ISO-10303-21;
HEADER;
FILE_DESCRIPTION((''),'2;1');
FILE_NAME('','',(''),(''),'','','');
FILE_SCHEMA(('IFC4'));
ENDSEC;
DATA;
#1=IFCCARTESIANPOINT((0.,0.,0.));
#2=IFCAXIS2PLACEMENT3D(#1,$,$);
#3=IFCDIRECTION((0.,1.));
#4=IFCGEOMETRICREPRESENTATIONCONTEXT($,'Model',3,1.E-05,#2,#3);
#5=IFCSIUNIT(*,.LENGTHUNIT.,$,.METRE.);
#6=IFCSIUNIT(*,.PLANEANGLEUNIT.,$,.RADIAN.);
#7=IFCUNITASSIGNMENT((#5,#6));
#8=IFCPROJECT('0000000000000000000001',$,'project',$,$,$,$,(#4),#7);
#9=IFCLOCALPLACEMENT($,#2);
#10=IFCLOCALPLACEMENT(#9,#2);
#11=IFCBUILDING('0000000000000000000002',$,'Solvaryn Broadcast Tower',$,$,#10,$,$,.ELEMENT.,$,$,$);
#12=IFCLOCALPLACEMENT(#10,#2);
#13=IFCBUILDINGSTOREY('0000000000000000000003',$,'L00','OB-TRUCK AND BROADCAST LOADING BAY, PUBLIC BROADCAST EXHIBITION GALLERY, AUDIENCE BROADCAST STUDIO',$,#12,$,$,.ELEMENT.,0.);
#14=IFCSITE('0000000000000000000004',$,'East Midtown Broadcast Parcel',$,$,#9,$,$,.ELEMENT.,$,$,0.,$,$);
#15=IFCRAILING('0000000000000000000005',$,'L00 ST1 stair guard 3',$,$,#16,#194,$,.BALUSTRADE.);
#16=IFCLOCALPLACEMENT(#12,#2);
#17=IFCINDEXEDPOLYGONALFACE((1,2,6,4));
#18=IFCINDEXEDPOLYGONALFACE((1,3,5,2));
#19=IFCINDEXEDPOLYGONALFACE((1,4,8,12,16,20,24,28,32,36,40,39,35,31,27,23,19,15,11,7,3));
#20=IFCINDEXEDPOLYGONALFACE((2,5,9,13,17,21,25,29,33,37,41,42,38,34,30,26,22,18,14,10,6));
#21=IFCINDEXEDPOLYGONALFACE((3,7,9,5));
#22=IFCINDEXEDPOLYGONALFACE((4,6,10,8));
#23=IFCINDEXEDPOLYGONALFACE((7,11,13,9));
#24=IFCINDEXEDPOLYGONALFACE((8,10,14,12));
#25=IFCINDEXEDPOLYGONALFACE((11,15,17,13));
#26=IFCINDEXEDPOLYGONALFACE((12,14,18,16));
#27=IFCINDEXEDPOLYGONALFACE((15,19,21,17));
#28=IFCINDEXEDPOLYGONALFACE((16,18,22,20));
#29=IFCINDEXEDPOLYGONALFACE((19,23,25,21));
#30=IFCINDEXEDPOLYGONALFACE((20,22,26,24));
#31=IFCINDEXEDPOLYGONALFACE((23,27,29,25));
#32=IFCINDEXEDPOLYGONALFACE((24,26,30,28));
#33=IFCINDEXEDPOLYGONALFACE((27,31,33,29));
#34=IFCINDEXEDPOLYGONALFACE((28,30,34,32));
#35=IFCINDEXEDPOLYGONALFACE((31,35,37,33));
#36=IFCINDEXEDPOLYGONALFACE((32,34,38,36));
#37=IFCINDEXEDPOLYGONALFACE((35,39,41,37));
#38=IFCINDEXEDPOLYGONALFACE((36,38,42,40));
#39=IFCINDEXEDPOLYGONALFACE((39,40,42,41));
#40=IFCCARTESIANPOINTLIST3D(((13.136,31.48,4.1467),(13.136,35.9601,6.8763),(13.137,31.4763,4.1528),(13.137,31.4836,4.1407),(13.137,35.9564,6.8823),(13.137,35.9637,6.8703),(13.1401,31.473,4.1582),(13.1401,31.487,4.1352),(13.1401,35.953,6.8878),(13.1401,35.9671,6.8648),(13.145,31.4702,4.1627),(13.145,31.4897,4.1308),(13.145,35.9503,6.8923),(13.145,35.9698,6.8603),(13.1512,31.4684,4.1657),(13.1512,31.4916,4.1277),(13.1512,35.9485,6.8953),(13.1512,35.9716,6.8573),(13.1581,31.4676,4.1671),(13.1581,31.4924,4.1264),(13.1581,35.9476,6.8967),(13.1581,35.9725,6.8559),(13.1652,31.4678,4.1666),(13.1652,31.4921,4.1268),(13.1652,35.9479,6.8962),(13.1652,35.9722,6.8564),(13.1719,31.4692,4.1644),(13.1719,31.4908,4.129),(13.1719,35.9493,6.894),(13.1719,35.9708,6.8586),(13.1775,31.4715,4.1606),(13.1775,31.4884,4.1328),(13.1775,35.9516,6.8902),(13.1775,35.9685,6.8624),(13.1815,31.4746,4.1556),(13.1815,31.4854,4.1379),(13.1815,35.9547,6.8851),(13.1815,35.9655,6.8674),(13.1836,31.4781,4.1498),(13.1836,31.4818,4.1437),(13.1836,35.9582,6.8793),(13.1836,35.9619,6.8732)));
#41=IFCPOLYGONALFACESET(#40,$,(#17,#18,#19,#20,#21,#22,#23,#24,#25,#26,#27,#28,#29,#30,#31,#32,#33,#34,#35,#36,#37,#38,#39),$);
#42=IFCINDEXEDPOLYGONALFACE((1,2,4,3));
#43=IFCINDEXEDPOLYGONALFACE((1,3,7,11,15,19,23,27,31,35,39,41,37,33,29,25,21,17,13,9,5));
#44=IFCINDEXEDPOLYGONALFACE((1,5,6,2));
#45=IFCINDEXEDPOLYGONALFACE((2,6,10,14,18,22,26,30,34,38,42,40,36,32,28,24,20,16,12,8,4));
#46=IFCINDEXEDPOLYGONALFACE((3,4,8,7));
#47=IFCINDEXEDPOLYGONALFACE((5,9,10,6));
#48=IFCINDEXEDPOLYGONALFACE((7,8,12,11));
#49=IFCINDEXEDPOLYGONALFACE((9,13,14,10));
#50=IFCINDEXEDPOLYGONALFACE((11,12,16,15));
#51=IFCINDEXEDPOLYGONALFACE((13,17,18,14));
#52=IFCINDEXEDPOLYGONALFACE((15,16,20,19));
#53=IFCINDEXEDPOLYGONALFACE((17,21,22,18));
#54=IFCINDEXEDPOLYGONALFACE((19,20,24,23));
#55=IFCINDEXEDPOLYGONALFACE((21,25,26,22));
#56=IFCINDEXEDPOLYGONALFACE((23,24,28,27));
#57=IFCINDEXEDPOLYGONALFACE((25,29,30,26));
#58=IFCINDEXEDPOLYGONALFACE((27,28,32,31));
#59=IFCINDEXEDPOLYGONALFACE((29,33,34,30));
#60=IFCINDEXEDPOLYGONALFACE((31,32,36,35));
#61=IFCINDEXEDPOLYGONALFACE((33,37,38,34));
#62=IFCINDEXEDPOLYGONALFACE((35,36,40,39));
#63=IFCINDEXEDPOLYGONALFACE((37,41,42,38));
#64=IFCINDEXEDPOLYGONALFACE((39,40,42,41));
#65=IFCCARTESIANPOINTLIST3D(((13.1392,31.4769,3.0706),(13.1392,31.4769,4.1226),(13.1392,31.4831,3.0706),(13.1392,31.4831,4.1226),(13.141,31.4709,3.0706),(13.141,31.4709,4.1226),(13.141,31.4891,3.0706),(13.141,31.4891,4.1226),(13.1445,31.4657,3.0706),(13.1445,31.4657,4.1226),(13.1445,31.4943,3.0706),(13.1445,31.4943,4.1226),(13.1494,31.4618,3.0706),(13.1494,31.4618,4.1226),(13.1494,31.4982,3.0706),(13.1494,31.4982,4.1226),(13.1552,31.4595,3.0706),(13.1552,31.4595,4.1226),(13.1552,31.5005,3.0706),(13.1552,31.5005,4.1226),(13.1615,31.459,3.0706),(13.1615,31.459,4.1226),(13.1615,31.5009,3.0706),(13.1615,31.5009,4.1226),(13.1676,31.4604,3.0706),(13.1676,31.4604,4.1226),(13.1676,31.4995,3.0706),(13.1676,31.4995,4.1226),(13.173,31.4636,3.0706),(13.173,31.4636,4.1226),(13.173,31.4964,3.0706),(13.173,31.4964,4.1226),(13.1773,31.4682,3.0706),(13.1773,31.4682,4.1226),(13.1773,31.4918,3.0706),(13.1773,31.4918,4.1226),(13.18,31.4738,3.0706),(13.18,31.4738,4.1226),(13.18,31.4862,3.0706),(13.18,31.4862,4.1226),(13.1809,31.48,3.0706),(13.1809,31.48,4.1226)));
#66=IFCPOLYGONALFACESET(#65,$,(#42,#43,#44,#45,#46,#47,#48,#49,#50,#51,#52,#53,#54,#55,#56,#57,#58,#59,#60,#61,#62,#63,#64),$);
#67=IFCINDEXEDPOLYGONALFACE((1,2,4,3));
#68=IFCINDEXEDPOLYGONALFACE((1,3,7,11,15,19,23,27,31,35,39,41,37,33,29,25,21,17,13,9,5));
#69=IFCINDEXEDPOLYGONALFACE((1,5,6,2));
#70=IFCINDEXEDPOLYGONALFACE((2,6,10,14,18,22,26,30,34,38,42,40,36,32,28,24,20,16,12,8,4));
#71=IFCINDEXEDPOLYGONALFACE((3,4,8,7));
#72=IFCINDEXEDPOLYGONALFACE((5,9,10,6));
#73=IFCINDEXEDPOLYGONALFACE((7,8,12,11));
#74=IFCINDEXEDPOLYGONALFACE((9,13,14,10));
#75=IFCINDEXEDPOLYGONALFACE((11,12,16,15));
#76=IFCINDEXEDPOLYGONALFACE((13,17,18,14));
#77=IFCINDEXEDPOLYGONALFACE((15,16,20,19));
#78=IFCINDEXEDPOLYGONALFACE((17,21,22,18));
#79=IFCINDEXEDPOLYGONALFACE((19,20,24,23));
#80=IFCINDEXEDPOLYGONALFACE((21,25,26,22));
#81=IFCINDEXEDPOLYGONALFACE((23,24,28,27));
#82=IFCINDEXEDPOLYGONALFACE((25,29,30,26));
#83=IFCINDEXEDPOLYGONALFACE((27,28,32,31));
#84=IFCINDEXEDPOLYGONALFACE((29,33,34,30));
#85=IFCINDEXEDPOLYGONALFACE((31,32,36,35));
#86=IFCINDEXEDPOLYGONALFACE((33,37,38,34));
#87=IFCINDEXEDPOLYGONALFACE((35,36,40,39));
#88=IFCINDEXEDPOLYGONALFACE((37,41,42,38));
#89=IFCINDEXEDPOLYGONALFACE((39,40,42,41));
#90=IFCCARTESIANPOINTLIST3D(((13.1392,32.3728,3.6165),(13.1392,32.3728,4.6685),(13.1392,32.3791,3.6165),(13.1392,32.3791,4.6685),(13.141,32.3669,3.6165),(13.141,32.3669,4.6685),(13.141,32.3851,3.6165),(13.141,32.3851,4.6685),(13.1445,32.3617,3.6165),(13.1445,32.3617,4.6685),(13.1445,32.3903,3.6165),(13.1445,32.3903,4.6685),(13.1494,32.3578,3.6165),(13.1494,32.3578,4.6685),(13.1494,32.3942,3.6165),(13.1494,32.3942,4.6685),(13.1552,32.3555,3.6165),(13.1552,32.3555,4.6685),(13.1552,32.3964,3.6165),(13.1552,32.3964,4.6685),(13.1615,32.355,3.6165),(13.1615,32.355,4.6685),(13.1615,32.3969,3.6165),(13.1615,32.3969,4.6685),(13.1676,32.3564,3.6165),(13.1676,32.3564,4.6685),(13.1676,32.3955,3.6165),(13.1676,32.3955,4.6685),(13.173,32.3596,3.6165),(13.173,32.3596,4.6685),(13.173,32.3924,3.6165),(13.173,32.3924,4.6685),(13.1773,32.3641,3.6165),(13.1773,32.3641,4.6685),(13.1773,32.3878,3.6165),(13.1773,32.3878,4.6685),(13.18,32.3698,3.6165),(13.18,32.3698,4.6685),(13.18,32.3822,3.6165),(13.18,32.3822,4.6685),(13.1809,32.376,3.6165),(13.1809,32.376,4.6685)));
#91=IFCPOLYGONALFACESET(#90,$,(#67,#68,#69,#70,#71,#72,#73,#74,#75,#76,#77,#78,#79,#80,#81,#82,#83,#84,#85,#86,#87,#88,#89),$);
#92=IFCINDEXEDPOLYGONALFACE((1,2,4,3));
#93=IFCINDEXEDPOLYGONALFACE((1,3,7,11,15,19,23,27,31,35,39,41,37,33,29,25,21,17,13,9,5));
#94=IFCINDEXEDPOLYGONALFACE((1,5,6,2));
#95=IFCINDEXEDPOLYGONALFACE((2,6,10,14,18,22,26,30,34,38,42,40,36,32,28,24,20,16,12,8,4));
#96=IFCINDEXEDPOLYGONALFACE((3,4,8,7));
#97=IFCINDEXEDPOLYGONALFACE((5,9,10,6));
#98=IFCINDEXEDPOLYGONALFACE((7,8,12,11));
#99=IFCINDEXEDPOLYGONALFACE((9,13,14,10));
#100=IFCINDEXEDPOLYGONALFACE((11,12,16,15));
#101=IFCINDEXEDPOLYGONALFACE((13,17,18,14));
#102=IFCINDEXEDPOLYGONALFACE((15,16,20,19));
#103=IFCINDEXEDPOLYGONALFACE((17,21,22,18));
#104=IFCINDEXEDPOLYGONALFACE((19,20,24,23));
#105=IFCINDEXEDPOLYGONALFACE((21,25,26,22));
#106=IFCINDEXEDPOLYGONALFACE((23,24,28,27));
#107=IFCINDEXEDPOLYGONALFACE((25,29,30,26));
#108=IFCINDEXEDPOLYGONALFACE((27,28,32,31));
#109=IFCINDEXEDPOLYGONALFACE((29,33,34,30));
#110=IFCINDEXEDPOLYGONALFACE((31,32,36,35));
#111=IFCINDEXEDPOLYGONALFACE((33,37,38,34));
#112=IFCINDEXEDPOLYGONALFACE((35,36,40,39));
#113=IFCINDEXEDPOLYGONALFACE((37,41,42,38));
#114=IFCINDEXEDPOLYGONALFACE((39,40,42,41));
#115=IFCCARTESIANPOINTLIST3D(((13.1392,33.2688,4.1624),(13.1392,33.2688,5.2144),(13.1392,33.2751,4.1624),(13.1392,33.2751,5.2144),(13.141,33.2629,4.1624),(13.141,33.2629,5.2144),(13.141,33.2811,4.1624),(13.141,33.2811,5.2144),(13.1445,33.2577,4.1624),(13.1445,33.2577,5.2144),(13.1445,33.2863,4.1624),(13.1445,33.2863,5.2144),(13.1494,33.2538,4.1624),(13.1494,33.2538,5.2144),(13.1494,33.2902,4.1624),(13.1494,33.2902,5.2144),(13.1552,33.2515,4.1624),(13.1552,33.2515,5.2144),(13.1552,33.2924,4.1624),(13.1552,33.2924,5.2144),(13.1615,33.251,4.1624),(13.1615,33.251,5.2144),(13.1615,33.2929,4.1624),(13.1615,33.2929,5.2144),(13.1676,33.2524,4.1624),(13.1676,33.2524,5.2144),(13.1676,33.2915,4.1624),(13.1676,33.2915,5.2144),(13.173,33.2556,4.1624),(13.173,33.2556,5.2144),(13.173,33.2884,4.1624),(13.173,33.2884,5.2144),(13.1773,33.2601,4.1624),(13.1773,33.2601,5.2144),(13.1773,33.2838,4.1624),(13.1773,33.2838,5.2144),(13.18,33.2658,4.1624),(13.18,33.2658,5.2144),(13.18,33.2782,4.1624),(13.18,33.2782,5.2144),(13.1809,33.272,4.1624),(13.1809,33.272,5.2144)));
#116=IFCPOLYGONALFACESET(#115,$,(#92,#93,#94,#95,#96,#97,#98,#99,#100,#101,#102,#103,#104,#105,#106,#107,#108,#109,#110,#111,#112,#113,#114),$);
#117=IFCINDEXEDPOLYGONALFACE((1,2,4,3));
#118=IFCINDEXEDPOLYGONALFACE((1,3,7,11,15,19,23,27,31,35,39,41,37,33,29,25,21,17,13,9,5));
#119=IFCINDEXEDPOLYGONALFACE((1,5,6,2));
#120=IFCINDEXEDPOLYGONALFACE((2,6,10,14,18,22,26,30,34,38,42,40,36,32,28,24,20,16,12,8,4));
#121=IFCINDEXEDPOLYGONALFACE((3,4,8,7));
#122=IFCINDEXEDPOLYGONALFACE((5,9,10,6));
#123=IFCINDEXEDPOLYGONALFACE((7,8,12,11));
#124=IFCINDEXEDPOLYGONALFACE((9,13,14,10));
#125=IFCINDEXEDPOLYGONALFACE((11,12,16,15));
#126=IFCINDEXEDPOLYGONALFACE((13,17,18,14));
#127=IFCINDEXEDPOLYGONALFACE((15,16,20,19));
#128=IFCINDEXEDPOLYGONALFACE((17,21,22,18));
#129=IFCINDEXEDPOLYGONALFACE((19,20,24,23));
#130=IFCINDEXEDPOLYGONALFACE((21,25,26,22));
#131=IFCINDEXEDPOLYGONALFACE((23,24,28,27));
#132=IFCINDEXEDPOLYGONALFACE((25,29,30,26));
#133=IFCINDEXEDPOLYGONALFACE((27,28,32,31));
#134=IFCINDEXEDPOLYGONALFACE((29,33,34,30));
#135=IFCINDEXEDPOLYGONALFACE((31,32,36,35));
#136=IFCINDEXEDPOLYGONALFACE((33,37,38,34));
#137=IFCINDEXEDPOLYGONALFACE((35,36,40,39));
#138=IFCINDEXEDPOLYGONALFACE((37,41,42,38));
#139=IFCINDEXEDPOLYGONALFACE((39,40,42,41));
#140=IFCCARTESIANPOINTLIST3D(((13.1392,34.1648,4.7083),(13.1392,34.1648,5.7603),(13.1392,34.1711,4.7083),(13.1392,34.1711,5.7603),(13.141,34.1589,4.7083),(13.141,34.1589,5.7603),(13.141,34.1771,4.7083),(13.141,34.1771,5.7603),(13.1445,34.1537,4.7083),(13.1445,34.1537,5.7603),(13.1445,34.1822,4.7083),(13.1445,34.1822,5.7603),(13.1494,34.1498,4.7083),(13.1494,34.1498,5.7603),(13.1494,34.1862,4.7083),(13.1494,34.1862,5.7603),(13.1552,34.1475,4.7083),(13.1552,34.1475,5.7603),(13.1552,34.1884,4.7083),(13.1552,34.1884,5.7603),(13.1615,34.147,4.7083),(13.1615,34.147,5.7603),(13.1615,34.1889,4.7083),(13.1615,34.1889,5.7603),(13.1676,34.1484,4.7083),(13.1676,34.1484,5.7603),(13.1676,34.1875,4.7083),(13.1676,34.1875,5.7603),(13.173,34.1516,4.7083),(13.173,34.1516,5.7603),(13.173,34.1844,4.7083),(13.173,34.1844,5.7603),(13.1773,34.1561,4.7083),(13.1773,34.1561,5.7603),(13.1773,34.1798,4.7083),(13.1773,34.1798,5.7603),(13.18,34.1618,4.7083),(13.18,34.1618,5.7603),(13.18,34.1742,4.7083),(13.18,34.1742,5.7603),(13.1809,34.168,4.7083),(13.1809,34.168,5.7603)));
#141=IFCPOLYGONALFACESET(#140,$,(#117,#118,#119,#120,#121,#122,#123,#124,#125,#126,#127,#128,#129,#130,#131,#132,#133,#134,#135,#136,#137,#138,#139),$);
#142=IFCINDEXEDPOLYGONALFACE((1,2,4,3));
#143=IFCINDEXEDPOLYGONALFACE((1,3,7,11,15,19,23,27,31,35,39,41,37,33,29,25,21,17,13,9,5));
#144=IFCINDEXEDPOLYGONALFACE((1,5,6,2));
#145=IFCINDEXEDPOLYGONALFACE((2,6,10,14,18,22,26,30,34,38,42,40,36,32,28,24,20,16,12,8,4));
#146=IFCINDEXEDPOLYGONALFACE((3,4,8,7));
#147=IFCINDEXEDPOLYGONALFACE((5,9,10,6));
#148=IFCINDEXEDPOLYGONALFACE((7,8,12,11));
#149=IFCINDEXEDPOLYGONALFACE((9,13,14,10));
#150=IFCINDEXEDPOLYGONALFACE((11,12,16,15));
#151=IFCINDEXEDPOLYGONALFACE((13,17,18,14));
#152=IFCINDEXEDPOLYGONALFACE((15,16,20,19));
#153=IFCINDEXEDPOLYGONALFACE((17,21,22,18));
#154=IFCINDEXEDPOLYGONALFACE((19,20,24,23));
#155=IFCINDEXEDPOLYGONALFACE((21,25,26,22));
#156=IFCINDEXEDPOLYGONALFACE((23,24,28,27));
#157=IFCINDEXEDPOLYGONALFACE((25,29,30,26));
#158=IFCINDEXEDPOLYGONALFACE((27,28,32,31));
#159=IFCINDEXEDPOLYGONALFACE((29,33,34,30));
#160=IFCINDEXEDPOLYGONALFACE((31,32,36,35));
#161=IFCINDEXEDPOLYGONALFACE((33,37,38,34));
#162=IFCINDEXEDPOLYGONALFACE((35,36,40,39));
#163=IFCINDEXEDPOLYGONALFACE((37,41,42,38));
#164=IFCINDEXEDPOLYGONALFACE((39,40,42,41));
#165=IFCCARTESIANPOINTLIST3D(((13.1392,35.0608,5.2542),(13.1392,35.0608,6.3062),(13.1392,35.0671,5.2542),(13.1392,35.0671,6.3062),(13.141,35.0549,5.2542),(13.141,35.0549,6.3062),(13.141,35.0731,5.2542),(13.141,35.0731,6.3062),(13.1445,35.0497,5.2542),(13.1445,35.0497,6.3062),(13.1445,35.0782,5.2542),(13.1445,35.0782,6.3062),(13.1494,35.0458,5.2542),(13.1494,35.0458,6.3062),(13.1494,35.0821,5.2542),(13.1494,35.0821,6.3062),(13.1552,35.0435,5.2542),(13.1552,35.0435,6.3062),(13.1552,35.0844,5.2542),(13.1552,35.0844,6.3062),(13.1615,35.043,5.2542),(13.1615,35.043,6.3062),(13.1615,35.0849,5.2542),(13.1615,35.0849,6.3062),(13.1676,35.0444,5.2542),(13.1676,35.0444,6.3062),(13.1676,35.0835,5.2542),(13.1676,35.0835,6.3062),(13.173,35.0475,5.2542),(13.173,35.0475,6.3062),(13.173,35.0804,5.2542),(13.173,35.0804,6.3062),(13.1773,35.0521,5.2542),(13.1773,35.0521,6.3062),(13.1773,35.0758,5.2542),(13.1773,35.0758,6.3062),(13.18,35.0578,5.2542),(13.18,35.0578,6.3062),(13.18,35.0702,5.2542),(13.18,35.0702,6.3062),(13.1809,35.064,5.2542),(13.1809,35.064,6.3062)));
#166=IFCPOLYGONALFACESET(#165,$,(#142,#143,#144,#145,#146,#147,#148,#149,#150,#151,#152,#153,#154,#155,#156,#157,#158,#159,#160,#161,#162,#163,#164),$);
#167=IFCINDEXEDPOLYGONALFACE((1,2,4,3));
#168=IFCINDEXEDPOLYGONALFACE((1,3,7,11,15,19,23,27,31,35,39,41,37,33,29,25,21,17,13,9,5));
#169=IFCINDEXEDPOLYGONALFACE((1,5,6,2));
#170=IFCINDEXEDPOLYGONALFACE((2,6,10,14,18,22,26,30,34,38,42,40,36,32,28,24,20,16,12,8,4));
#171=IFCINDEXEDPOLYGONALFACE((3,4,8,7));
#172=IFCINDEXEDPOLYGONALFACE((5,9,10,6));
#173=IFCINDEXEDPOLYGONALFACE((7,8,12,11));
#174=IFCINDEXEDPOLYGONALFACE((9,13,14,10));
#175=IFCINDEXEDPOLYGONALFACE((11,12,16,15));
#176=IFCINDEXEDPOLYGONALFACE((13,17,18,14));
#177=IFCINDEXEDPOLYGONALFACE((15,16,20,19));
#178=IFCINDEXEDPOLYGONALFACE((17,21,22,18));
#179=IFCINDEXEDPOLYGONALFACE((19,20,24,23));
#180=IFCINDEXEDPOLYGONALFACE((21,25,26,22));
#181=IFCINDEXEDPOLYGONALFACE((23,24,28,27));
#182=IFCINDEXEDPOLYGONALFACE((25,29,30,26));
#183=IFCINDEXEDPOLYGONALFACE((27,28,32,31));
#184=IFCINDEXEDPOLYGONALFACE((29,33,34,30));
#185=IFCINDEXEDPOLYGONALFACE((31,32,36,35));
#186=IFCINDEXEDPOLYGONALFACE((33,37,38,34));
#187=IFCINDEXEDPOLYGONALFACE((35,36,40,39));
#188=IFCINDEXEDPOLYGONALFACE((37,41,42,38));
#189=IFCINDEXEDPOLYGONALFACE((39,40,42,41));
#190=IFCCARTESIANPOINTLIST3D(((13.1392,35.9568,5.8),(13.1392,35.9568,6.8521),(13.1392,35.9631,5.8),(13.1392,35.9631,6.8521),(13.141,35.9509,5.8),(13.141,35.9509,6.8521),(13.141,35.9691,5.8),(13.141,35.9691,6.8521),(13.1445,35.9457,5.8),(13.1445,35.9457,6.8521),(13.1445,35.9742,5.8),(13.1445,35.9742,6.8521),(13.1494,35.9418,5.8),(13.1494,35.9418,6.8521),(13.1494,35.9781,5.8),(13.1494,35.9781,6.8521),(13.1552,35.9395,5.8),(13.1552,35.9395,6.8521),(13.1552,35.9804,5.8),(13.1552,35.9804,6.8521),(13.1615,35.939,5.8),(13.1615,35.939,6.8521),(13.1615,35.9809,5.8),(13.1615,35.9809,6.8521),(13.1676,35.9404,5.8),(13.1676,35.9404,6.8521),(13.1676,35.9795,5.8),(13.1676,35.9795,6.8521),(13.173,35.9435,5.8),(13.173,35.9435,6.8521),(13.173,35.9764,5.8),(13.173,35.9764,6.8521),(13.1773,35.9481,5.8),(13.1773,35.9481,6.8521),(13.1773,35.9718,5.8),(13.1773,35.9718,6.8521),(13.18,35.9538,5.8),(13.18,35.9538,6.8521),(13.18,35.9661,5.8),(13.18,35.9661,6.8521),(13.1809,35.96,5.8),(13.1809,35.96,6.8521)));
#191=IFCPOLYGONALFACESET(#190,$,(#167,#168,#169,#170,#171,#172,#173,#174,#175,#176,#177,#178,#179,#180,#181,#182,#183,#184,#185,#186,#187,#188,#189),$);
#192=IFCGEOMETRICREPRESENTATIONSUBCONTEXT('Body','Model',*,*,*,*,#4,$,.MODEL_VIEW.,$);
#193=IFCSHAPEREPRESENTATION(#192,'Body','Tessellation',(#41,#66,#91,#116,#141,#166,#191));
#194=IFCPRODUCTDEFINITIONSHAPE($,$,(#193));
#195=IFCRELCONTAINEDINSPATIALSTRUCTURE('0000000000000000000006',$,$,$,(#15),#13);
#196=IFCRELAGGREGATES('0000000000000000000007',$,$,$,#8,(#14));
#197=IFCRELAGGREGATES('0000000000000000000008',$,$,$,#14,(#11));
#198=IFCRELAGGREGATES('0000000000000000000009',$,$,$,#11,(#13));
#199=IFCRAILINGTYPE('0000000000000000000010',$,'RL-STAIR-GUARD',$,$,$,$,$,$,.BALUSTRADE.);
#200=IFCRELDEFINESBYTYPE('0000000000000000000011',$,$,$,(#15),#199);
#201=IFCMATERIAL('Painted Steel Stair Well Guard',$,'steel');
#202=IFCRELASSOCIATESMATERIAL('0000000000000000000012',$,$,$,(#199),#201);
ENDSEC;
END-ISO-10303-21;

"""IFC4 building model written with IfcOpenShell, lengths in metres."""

from ifc_helpers import new_model, si_unit, direction, frame, origin, origin_2d, place, context, subcontext, project, spatial, circle, extrude, material, type_object, element, save


model = new_model("IFC4")

# Units and contexts
model_context = context("Model", 3, precision=1e-05, world=origin(), true_north=direction((0.0, 1.0)))
body_context = subcontext(model_context, "Body", "Model", "MODEL_VIEW")
ifc_project = project(units=[si_unit("LENGTHUNIT", "METRE"), si_unit("PLANEANGLEUNIT", "RADIAN")], contexts=[model_context])

# Site, building, storey
site_placement = place(None, origin())
site = spatial("IfcSite", under=ifc_project, at=site_placement, Name="East Midtown Broadcast Parcel", CompositionType="ELEMENT", RefElevation=0.0)
building_placement = place(site_placement, origin())
building = spatial("IfcBuilding", under=site, at=building_placement, Name="Solvaryn Broadcast Tower", CompositionType="ELEMENT")
storey_placement = place(building_placement, origin())
storey = spatial("IfcBuildingStorey", under=building, at=storey_placement, Name="L00", Description="OB-TRUCK AND BROADCAST LOADING BAY, PUBLIC BROADCAST EXHIBITION GALLERY, AUDIENCE BROADCAST STUDIO", CompositionType="ELEMENT", Elevation=0.0)

# Railing
ifc_material_1 = material(Name="Painted Steel Stair Well Guard", Category="steel")
railing_type_1 = type_object("IfcRailingType", Name="RL-STAIR-GUARD", PredefinedType="BALUSTRADE", material=ifc_material_1)
railing_1_placement = place(storey_placement, frame((13.1599, 31.48, 3.0706)))
element("IfcRailing", 1, at=railing_1_placement, inside=storey, type_object=railing_type_1, Name="L00 ST1 stair guard 3", PredefinedType="BALUSTRADE", context=body_context, shape_type="SweptSolid", body=[
    extrude(circle(Radius=0.0239, at=origin_2d()), frame((0.0, 0.0, 1.0762), z_axis=(0.0, 0.853983, 0.520301), x_axis=(-1.0, 0.0, 0.0)), (0.0, 0.0, 1.0), 5.2461),
    extrude(circle(Radius=0.021, at=origin_2d()), origin(), (0.0, 0.0, 1.0), 1.052),
    extrude(circle(Radius=0.021, at=origin_2d()), frame((0.0, 0.896, 0.5459)), (0.0, 0.0, 1.0), 1.052),
    extrude(circle(Radius=0.021, at=origin_2d()), frame((0.0, 1.792, 1.0918)), (0.0, 0.0, 1.0), 1.052),
    extrude(circle(Radius=0.021, at=origin_2d()), frame((0.0, 2.688, 1.6377)), (0.0, 0.0, 1.0), 1.052),
    extrude(circle(Radius=0.021, at=origin_2d()), frame((0.0, 3.584, 2.1836)), (0.0, 0.0, 1.0), 1.052),
    extrude(circle(Radius=0.021, at=origin_2d()), frame((0.0, 4.48, 2.7295)), (0.0, 0.0, 1.0), 1.052),
])

save(model, "model.ifc")
